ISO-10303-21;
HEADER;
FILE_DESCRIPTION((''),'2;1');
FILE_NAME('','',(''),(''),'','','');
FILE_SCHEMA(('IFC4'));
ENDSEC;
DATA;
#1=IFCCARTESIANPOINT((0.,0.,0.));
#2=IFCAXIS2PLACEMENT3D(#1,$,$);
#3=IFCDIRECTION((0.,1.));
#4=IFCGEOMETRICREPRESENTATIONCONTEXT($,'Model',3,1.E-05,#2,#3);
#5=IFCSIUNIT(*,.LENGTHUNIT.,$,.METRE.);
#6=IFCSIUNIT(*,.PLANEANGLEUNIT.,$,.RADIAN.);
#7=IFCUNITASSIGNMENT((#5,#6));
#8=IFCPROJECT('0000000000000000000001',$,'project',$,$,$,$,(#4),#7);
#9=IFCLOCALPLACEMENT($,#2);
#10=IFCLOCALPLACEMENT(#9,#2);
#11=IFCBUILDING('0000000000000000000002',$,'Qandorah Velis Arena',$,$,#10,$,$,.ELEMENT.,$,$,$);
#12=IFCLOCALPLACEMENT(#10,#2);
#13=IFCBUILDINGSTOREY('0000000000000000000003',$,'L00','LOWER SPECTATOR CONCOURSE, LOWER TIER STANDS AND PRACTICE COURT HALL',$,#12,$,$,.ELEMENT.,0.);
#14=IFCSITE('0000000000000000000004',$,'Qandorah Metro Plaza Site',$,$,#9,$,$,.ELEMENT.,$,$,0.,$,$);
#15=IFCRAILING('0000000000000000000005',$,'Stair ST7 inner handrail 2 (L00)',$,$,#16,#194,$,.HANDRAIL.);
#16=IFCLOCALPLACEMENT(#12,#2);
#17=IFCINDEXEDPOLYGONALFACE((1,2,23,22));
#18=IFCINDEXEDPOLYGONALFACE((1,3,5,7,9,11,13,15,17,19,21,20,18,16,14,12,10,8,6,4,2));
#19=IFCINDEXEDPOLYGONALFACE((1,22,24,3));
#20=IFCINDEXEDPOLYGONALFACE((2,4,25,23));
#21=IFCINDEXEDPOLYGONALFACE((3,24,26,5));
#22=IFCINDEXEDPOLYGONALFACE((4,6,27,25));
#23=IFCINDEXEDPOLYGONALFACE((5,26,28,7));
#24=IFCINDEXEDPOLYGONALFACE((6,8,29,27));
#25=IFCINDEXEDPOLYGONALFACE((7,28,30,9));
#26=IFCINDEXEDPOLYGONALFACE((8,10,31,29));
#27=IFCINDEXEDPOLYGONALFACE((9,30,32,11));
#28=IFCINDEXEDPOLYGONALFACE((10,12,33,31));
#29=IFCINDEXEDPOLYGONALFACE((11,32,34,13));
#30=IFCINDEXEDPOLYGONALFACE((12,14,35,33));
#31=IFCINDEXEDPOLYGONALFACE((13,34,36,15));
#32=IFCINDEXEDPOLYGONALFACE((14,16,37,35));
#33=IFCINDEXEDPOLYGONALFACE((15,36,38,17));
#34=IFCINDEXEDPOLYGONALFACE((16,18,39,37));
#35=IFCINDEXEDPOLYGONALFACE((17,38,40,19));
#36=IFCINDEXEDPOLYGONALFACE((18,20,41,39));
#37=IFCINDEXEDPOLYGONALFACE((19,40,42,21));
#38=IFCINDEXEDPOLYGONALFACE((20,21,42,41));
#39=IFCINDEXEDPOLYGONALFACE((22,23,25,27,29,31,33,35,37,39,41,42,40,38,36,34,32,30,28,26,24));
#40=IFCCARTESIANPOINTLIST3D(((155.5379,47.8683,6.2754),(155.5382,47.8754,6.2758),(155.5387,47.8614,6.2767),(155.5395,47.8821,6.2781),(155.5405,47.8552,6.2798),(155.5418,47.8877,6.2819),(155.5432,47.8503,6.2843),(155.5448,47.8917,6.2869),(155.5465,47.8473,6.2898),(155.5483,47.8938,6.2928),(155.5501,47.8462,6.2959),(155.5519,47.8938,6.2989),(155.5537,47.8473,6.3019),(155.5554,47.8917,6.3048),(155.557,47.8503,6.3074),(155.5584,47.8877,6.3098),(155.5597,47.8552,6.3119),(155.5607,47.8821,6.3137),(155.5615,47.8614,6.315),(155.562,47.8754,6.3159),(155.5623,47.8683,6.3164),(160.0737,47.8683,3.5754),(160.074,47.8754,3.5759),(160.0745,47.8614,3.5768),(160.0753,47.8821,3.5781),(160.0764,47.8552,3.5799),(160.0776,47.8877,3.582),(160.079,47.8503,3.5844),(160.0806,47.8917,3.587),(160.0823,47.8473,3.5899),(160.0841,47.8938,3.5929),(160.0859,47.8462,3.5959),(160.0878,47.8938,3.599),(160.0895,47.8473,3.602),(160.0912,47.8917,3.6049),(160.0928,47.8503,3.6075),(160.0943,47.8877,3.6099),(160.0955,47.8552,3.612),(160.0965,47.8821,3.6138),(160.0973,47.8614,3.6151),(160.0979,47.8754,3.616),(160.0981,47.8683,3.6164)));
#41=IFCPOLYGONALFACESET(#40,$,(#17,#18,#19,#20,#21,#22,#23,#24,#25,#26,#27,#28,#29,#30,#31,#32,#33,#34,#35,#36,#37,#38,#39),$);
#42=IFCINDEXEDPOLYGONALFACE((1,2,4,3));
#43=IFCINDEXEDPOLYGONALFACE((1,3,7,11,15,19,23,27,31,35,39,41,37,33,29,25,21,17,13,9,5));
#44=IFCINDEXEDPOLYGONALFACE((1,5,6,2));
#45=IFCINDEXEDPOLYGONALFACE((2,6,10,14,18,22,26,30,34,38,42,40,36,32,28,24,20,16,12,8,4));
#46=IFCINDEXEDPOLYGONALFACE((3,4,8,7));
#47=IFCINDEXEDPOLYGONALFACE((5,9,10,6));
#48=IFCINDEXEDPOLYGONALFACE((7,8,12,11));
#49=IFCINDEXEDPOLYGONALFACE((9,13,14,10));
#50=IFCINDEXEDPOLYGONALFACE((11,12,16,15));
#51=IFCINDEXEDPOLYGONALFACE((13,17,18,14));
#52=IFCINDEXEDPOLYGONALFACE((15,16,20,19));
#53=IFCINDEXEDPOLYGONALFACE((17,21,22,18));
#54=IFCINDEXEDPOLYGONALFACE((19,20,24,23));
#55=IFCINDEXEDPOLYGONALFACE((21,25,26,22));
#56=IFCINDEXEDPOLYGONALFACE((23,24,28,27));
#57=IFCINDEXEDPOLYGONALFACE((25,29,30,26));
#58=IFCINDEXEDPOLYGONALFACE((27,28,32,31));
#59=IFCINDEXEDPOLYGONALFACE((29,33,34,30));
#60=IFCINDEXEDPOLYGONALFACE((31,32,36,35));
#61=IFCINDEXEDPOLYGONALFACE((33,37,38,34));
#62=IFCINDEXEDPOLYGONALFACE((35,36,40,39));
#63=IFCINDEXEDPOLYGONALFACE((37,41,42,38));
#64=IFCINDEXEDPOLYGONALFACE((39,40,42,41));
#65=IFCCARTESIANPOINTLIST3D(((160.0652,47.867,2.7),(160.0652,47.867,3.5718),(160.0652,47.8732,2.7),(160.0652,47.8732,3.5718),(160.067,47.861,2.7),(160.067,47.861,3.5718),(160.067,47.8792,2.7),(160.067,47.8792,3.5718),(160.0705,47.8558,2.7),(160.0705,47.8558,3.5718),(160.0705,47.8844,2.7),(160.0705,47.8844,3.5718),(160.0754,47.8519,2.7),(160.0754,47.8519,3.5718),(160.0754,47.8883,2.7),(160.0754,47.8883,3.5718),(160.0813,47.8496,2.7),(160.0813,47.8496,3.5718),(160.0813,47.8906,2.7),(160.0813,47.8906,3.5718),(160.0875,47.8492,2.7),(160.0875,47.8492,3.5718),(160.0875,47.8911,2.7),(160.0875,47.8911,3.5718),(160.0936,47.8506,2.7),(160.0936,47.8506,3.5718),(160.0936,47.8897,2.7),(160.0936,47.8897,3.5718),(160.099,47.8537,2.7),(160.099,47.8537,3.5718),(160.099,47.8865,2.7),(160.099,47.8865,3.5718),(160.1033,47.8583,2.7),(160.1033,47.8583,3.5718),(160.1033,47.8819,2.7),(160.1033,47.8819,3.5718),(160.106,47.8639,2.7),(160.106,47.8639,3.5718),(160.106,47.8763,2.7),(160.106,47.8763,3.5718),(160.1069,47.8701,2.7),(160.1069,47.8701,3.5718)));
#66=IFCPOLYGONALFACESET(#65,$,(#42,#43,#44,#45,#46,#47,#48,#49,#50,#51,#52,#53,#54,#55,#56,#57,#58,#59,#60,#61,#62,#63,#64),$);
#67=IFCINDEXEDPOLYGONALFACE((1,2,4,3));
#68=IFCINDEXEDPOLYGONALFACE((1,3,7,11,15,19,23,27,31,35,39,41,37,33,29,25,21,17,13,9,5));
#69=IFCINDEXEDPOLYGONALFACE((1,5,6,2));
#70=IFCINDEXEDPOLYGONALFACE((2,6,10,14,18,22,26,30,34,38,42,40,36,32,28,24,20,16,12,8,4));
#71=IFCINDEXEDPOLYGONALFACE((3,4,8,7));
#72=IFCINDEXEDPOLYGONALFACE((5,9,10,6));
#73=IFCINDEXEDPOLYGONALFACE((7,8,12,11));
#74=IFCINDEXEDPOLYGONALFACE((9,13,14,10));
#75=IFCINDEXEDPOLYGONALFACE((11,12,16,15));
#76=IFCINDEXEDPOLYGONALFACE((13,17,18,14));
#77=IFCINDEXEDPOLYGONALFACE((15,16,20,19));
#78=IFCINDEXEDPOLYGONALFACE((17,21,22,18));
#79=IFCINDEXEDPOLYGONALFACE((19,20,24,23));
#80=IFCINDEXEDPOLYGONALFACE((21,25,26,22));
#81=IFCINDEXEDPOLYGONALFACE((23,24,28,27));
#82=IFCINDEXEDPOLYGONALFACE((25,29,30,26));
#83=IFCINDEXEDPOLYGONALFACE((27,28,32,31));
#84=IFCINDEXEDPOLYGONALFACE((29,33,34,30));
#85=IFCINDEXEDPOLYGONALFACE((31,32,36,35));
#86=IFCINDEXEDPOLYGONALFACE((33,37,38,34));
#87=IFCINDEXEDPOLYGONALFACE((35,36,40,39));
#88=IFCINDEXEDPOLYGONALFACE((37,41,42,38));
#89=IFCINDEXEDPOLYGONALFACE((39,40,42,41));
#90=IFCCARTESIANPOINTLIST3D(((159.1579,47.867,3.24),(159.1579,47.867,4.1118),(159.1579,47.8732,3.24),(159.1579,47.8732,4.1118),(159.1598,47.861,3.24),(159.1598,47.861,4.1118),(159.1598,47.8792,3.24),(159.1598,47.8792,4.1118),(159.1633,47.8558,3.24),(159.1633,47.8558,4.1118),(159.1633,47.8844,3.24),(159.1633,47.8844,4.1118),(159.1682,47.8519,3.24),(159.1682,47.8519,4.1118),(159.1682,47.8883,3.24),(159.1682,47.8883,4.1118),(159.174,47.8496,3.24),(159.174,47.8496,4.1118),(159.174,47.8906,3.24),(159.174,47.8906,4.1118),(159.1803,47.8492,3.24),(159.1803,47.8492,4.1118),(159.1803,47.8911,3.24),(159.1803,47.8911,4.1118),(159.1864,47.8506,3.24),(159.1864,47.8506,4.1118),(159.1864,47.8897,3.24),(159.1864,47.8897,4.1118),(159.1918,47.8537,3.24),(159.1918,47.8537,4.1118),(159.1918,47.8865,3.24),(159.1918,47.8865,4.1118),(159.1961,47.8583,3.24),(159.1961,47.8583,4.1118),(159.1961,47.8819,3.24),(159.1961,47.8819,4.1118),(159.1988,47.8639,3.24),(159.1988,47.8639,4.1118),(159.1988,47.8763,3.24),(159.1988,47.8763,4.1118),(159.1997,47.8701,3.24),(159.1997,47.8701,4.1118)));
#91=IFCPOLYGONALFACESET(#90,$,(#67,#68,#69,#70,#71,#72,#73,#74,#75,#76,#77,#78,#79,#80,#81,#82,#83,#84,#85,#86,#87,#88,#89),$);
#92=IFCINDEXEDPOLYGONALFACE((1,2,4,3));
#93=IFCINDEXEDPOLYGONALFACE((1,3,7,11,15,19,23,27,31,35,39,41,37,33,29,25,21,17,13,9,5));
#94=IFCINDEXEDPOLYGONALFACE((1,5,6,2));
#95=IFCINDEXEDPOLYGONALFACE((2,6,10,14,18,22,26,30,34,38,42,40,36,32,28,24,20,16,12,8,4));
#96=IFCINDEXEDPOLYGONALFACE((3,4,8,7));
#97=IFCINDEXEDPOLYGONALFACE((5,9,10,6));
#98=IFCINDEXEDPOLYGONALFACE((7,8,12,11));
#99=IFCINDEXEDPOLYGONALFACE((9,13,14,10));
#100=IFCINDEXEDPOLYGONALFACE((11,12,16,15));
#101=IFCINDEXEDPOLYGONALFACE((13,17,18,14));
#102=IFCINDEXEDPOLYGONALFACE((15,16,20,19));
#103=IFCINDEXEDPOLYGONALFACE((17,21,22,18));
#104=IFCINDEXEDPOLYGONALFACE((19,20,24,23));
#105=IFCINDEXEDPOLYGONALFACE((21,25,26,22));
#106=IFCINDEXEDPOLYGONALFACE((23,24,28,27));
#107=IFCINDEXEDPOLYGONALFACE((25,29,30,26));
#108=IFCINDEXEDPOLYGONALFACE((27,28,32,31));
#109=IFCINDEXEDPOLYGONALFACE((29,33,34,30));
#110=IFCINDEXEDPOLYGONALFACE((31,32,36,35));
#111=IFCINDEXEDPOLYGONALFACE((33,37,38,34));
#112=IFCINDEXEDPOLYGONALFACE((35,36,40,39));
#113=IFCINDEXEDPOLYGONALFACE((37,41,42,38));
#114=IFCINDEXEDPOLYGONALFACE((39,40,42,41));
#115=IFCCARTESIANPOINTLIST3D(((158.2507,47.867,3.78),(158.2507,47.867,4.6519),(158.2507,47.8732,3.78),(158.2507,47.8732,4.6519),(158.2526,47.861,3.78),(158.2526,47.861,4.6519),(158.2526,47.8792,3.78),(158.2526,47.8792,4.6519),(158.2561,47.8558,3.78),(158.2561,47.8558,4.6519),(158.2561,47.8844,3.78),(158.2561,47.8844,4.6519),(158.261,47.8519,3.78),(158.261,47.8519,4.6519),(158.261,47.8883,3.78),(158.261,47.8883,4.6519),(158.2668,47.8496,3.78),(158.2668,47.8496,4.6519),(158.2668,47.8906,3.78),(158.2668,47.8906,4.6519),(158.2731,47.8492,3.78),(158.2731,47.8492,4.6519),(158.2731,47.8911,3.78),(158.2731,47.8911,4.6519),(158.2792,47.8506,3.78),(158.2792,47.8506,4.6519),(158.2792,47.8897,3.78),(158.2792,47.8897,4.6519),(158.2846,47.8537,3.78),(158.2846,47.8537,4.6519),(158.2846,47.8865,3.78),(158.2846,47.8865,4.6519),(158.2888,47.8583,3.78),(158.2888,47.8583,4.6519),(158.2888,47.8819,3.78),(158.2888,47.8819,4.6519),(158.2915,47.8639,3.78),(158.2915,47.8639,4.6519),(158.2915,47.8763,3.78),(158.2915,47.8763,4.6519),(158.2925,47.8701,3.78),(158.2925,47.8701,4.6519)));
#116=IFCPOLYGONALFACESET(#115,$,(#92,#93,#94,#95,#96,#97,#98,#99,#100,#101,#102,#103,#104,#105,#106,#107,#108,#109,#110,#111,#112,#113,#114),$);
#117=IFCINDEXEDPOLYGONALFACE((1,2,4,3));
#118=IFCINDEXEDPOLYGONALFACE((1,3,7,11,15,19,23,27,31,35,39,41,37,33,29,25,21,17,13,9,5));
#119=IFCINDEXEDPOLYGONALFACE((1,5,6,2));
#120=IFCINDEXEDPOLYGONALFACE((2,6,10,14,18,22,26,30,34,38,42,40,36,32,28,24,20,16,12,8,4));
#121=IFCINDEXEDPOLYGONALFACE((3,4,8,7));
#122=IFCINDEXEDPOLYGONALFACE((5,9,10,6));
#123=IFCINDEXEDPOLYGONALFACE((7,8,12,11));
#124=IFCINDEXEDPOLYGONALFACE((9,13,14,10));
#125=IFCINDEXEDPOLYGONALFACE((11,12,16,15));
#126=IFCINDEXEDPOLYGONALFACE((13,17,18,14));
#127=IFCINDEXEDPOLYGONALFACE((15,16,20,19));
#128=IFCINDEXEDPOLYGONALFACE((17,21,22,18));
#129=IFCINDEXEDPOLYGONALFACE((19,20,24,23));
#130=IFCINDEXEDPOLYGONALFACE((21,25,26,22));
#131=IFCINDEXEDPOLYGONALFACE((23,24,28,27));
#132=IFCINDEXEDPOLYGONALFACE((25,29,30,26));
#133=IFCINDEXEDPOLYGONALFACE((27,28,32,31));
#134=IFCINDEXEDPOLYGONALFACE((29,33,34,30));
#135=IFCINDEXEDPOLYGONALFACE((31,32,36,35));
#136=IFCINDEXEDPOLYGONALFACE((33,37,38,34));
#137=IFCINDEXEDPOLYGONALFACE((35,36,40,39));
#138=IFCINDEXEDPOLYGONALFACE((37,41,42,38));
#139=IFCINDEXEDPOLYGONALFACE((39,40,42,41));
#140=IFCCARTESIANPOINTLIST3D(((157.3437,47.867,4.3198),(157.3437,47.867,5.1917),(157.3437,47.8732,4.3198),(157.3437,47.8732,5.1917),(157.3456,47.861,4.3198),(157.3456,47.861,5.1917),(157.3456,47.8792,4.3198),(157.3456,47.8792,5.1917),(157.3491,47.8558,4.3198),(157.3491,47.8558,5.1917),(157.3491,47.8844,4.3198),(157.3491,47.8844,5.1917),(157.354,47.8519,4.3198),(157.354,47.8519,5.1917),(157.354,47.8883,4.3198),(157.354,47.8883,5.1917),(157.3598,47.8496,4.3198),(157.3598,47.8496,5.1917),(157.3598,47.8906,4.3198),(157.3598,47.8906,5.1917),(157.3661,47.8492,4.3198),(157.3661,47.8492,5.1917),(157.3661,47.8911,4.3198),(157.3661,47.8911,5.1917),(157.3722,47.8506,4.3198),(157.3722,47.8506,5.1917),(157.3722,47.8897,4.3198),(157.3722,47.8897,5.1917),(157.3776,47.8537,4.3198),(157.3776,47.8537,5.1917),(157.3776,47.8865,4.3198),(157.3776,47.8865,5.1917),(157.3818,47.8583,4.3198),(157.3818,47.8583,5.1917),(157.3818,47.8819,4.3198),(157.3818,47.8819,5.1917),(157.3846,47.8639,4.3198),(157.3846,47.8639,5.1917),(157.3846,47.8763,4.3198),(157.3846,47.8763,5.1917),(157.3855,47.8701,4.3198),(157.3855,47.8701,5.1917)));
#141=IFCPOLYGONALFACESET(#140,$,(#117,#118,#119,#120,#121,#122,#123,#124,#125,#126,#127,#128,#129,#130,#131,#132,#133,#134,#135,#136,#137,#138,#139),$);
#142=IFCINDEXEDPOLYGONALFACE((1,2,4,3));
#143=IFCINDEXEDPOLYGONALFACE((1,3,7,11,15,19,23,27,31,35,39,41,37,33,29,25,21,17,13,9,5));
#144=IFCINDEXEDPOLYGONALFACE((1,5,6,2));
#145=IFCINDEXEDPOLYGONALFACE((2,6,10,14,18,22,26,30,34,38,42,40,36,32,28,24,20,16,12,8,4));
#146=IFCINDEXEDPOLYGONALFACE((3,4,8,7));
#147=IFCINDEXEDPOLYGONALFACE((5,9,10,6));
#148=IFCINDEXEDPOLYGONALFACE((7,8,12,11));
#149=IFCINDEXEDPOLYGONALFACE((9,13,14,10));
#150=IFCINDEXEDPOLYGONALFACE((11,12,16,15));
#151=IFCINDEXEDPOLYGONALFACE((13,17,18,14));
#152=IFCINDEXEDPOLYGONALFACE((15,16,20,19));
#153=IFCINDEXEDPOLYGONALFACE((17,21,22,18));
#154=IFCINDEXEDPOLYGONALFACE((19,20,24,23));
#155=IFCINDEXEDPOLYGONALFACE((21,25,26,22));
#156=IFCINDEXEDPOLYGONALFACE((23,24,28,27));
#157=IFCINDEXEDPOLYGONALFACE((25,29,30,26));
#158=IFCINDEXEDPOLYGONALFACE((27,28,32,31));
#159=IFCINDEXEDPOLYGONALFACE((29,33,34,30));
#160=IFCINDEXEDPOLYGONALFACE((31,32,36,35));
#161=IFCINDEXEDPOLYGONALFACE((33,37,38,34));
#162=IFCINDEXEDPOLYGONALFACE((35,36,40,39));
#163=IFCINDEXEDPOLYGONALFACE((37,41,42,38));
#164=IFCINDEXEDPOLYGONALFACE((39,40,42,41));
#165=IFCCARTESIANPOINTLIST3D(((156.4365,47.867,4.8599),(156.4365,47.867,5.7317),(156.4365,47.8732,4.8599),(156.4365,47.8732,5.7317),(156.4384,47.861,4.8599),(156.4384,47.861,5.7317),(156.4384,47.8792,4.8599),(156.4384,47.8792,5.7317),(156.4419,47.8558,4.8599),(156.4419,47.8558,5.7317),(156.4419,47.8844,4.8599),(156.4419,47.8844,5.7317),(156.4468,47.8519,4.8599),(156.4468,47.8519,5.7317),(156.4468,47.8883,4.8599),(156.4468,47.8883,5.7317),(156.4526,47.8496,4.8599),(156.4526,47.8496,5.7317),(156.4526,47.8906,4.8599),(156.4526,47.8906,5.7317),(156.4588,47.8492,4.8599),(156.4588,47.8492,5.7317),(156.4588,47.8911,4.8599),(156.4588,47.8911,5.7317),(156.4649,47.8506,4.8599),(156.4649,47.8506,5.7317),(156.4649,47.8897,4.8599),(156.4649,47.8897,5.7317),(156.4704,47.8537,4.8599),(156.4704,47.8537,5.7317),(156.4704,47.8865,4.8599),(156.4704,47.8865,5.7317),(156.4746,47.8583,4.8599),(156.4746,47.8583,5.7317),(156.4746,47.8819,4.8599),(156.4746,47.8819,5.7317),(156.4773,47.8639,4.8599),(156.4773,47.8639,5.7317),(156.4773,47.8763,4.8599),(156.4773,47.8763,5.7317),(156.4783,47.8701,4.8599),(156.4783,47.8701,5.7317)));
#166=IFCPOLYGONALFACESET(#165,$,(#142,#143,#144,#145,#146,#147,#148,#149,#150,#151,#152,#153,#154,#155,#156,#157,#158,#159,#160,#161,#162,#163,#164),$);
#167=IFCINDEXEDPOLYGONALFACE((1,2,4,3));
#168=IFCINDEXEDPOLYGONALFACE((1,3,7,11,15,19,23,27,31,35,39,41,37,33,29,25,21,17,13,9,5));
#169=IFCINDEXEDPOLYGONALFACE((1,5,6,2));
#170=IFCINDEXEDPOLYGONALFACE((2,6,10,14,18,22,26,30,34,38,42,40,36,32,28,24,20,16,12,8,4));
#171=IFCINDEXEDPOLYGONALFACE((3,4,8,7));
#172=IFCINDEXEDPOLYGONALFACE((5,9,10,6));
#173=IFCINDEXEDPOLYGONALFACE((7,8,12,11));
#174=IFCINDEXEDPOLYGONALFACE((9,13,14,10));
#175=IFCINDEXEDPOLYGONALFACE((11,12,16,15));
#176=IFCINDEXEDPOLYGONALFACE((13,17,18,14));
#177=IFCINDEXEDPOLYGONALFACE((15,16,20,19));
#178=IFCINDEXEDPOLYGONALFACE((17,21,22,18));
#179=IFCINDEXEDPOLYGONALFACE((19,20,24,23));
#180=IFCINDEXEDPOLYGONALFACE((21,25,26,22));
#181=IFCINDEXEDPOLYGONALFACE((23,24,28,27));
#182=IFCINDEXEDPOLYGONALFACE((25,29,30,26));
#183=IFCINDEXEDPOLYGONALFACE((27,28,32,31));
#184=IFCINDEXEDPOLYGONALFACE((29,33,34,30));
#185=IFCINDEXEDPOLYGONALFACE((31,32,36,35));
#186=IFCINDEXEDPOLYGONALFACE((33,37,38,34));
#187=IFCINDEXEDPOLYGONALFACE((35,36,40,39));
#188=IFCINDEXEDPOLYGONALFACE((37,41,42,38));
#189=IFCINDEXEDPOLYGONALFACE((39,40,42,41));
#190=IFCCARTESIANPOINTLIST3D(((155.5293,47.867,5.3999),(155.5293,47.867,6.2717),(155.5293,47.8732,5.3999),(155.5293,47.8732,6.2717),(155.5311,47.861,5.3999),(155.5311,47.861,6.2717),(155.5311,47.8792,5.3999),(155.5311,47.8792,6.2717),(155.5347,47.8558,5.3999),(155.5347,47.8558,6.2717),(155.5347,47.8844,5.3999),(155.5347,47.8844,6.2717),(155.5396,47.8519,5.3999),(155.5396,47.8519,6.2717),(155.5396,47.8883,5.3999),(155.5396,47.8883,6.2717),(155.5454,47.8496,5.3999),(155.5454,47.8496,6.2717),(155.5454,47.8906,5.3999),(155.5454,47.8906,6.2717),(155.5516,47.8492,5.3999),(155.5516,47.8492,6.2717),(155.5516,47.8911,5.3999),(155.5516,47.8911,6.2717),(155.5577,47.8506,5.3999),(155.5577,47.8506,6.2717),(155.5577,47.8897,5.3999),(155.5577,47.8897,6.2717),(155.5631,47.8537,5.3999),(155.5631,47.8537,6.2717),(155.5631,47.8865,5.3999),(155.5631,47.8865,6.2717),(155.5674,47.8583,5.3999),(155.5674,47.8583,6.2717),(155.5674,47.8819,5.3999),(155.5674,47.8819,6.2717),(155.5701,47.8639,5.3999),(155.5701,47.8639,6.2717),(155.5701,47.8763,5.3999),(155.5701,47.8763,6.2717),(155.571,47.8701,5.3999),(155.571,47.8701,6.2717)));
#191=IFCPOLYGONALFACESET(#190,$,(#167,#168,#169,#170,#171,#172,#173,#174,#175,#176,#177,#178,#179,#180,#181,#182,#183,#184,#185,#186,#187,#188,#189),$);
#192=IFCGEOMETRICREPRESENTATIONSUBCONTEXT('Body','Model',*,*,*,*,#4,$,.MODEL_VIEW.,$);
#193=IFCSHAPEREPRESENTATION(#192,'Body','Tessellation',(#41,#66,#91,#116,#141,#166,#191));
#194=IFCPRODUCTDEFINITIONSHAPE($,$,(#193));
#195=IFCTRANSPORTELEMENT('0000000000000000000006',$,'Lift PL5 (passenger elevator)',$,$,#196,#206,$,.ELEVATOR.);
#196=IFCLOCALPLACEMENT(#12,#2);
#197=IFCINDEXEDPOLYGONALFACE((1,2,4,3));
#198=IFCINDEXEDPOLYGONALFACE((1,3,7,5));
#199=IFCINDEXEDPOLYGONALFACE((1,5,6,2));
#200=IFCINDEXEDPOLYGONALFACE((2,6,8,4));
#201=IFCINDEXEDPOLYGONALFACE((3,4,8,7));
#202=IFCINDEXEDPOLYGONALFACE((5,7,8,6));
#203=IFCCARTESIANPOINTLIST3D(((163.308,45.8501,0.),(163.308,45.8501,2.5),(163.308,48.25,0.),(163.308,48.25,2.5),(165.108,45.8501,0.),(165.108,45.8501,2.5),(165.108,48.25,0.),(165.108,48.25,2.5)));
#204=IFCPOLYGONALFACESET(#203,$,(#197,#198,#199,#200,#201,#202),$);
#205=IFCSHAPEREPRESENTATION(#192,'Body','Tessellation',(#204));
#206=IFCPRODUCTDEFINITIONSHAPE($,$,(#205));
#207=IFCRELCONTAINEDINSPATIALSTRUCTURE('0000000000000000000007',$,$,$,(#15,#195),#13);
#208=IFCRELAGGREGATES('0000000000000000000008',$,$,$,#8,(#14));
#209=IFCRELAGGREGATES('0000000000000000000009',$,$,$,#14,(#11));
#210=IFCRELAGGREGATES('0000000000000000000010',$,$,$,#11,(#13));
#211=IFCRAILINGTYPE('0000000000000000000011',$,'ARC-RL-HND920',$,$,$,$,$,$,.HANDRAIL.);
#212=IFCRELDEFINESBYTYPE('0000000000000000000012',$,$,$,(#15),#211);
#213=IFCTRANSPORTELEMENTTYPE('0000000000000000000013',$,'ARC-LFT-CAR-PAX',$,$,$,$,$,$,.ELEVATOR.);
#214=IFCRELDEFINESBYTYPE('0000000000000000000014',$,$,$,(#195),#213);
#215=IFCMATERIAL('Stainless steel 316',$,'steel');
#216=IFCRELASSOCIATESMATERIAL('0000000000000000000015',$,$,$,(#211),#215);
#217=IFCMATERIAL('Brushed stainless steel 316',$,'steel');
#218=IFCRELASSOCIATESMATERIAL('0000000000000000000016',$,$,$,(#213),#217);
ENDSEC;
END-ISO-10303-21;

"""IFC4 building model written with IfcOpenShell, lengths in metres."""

from ifc_helpers import new_model, si_unit, direction, frame, origin, origin_2d, place, context, subcontext, project, spatial, rectangle, circle, extrude, material, type_object, element, save


model = new_model("IFC4")

# Units and contexts
model_context = context("Model", 3, precision=1e-05, world=origin(), true_north=direction((0.0, 1.0)))
body_context = subcontext(model_context, "Body", "Model", "MODEL_VIEW")
ifc_project = project(units=[si_unit("LENGTHUNIT", "METRE"), si_unit("PLANEANGLEUNIT", "RADIAN")], contexts=[model_context])

# Site, building, storey
site_placement = place(None, origin())
site = spatial("IfcSite", under=ifc_project, at=site_placement, Name="Qandorah Metro Plaza Site", CompositionType="ELEMENT", RefElevation=0.0)
building_placement = place(site_placement, origin())
building = spatial("IfcBuilding", under=site, at=building_placement, Name="Qandorah Velis Arena", CompositionType="ELEMENT")
storey_placement = place(building_placement, origin())
storey = spatial("IfcBuildingStorey", under=building, at=storey_placement, Name="L00", Description="LOWER SPECTATOR CONCOURSE, LOWER TIER STANDS AND PRACTICE COURT HALL", CompositionType="ELEMENT", Elevation=0.0)

# Railing
ifc_material_1 = material(Name="Stainless steel 316", Category="steel")
railing_type_1 = type_object("IfcRailingType", Name="ARC-RL-HND920", PredefinedType="HANDRAIL", material=ifc_material_1)
railing_1_placement = place(storey_placement, frame((160.0859, 47.8701, 2.7)))
element("IfcRailing", 1, at=railing_1_placement, inside=storey, type_object=railing_type_1, Name="Stair ST7 inner handrail 2 (L00)", PredefinedType="HANDRAIL", context=body_context, shape_type="SweptSolid", body=[
    extrude(circle(Radius=0.0239, at=origin_2d()), frame((0.0, 0.0, 0.896), z_axis=(-0.859291, 0.0, 0.511486), x_axis=(0.0, -1.0, 0.0)), (0.0, 0.0, 1.0), 5.2786),
    extrude(circle(Radius=0.021, at=origin_2d()), origin(), (0.0, 0.0, 1.0), 0.8718),
    extrude(circle(Radius=0.021, at=origin_2d()), frame((-0.9072, 0.0, 0.54)), (0.0, 0.0, 1.0), 0.8718),
    extrude(circle(Radius=0.021, at=origin_2d()), frame((-1.8145, 0.0, 1.0801)), (0.0, 0.0, 1.0), 0.8718),
    extrude(circle(Radius=0.021, at=origin_2d()), frame((-2.7214, 0.0, 1.6199)), (0.0, 0.0, 1.0), 0.8718),
    extrude(circle(Radius=0.021, at=origin_2d()), frame((-3.6287, 0.0, 2.1599)), (0.0, 0.0, 1.0), 0.8718),
    extrude(circle(Radius=0.021, at=origin_2d()), frame((-4.5359, 0.0, 2.7)), (0.0, 0.0, 1.0), 0.8718),
])

# Transport element
ifc_material_2 = material(Name="Brushed stainless steel 316", Category="steel")
transport_element_type = type_object("IfcTransportElementType", Name="ARC-LFT-CAR-PAX", PredefinedType="ELEVATOR", material=ifc_material_2)
transport_element_placement = place(storey_placement, frame((164.208, 47.05, 0.0), z_axis=(0.0, 0.0, 1.0), x_axis=(1.0, 0.0, 0.0)))
element("IfcTransportElement", 2, at=transport_element_placement, inside=storey, type_object=transport_element_type, Name="Lift PL5 (passenger elevator)", PredefinedType="ELEVATOR", context=body_context, shape_type="SweptSolid", body=[
    extrude(rectangle(XDim=1.8, YDim=2.3999, at=origin_2d()), origin(), (0.0, 0.0, 1.0), 2.5),
])

save(model, "model.ifc")
